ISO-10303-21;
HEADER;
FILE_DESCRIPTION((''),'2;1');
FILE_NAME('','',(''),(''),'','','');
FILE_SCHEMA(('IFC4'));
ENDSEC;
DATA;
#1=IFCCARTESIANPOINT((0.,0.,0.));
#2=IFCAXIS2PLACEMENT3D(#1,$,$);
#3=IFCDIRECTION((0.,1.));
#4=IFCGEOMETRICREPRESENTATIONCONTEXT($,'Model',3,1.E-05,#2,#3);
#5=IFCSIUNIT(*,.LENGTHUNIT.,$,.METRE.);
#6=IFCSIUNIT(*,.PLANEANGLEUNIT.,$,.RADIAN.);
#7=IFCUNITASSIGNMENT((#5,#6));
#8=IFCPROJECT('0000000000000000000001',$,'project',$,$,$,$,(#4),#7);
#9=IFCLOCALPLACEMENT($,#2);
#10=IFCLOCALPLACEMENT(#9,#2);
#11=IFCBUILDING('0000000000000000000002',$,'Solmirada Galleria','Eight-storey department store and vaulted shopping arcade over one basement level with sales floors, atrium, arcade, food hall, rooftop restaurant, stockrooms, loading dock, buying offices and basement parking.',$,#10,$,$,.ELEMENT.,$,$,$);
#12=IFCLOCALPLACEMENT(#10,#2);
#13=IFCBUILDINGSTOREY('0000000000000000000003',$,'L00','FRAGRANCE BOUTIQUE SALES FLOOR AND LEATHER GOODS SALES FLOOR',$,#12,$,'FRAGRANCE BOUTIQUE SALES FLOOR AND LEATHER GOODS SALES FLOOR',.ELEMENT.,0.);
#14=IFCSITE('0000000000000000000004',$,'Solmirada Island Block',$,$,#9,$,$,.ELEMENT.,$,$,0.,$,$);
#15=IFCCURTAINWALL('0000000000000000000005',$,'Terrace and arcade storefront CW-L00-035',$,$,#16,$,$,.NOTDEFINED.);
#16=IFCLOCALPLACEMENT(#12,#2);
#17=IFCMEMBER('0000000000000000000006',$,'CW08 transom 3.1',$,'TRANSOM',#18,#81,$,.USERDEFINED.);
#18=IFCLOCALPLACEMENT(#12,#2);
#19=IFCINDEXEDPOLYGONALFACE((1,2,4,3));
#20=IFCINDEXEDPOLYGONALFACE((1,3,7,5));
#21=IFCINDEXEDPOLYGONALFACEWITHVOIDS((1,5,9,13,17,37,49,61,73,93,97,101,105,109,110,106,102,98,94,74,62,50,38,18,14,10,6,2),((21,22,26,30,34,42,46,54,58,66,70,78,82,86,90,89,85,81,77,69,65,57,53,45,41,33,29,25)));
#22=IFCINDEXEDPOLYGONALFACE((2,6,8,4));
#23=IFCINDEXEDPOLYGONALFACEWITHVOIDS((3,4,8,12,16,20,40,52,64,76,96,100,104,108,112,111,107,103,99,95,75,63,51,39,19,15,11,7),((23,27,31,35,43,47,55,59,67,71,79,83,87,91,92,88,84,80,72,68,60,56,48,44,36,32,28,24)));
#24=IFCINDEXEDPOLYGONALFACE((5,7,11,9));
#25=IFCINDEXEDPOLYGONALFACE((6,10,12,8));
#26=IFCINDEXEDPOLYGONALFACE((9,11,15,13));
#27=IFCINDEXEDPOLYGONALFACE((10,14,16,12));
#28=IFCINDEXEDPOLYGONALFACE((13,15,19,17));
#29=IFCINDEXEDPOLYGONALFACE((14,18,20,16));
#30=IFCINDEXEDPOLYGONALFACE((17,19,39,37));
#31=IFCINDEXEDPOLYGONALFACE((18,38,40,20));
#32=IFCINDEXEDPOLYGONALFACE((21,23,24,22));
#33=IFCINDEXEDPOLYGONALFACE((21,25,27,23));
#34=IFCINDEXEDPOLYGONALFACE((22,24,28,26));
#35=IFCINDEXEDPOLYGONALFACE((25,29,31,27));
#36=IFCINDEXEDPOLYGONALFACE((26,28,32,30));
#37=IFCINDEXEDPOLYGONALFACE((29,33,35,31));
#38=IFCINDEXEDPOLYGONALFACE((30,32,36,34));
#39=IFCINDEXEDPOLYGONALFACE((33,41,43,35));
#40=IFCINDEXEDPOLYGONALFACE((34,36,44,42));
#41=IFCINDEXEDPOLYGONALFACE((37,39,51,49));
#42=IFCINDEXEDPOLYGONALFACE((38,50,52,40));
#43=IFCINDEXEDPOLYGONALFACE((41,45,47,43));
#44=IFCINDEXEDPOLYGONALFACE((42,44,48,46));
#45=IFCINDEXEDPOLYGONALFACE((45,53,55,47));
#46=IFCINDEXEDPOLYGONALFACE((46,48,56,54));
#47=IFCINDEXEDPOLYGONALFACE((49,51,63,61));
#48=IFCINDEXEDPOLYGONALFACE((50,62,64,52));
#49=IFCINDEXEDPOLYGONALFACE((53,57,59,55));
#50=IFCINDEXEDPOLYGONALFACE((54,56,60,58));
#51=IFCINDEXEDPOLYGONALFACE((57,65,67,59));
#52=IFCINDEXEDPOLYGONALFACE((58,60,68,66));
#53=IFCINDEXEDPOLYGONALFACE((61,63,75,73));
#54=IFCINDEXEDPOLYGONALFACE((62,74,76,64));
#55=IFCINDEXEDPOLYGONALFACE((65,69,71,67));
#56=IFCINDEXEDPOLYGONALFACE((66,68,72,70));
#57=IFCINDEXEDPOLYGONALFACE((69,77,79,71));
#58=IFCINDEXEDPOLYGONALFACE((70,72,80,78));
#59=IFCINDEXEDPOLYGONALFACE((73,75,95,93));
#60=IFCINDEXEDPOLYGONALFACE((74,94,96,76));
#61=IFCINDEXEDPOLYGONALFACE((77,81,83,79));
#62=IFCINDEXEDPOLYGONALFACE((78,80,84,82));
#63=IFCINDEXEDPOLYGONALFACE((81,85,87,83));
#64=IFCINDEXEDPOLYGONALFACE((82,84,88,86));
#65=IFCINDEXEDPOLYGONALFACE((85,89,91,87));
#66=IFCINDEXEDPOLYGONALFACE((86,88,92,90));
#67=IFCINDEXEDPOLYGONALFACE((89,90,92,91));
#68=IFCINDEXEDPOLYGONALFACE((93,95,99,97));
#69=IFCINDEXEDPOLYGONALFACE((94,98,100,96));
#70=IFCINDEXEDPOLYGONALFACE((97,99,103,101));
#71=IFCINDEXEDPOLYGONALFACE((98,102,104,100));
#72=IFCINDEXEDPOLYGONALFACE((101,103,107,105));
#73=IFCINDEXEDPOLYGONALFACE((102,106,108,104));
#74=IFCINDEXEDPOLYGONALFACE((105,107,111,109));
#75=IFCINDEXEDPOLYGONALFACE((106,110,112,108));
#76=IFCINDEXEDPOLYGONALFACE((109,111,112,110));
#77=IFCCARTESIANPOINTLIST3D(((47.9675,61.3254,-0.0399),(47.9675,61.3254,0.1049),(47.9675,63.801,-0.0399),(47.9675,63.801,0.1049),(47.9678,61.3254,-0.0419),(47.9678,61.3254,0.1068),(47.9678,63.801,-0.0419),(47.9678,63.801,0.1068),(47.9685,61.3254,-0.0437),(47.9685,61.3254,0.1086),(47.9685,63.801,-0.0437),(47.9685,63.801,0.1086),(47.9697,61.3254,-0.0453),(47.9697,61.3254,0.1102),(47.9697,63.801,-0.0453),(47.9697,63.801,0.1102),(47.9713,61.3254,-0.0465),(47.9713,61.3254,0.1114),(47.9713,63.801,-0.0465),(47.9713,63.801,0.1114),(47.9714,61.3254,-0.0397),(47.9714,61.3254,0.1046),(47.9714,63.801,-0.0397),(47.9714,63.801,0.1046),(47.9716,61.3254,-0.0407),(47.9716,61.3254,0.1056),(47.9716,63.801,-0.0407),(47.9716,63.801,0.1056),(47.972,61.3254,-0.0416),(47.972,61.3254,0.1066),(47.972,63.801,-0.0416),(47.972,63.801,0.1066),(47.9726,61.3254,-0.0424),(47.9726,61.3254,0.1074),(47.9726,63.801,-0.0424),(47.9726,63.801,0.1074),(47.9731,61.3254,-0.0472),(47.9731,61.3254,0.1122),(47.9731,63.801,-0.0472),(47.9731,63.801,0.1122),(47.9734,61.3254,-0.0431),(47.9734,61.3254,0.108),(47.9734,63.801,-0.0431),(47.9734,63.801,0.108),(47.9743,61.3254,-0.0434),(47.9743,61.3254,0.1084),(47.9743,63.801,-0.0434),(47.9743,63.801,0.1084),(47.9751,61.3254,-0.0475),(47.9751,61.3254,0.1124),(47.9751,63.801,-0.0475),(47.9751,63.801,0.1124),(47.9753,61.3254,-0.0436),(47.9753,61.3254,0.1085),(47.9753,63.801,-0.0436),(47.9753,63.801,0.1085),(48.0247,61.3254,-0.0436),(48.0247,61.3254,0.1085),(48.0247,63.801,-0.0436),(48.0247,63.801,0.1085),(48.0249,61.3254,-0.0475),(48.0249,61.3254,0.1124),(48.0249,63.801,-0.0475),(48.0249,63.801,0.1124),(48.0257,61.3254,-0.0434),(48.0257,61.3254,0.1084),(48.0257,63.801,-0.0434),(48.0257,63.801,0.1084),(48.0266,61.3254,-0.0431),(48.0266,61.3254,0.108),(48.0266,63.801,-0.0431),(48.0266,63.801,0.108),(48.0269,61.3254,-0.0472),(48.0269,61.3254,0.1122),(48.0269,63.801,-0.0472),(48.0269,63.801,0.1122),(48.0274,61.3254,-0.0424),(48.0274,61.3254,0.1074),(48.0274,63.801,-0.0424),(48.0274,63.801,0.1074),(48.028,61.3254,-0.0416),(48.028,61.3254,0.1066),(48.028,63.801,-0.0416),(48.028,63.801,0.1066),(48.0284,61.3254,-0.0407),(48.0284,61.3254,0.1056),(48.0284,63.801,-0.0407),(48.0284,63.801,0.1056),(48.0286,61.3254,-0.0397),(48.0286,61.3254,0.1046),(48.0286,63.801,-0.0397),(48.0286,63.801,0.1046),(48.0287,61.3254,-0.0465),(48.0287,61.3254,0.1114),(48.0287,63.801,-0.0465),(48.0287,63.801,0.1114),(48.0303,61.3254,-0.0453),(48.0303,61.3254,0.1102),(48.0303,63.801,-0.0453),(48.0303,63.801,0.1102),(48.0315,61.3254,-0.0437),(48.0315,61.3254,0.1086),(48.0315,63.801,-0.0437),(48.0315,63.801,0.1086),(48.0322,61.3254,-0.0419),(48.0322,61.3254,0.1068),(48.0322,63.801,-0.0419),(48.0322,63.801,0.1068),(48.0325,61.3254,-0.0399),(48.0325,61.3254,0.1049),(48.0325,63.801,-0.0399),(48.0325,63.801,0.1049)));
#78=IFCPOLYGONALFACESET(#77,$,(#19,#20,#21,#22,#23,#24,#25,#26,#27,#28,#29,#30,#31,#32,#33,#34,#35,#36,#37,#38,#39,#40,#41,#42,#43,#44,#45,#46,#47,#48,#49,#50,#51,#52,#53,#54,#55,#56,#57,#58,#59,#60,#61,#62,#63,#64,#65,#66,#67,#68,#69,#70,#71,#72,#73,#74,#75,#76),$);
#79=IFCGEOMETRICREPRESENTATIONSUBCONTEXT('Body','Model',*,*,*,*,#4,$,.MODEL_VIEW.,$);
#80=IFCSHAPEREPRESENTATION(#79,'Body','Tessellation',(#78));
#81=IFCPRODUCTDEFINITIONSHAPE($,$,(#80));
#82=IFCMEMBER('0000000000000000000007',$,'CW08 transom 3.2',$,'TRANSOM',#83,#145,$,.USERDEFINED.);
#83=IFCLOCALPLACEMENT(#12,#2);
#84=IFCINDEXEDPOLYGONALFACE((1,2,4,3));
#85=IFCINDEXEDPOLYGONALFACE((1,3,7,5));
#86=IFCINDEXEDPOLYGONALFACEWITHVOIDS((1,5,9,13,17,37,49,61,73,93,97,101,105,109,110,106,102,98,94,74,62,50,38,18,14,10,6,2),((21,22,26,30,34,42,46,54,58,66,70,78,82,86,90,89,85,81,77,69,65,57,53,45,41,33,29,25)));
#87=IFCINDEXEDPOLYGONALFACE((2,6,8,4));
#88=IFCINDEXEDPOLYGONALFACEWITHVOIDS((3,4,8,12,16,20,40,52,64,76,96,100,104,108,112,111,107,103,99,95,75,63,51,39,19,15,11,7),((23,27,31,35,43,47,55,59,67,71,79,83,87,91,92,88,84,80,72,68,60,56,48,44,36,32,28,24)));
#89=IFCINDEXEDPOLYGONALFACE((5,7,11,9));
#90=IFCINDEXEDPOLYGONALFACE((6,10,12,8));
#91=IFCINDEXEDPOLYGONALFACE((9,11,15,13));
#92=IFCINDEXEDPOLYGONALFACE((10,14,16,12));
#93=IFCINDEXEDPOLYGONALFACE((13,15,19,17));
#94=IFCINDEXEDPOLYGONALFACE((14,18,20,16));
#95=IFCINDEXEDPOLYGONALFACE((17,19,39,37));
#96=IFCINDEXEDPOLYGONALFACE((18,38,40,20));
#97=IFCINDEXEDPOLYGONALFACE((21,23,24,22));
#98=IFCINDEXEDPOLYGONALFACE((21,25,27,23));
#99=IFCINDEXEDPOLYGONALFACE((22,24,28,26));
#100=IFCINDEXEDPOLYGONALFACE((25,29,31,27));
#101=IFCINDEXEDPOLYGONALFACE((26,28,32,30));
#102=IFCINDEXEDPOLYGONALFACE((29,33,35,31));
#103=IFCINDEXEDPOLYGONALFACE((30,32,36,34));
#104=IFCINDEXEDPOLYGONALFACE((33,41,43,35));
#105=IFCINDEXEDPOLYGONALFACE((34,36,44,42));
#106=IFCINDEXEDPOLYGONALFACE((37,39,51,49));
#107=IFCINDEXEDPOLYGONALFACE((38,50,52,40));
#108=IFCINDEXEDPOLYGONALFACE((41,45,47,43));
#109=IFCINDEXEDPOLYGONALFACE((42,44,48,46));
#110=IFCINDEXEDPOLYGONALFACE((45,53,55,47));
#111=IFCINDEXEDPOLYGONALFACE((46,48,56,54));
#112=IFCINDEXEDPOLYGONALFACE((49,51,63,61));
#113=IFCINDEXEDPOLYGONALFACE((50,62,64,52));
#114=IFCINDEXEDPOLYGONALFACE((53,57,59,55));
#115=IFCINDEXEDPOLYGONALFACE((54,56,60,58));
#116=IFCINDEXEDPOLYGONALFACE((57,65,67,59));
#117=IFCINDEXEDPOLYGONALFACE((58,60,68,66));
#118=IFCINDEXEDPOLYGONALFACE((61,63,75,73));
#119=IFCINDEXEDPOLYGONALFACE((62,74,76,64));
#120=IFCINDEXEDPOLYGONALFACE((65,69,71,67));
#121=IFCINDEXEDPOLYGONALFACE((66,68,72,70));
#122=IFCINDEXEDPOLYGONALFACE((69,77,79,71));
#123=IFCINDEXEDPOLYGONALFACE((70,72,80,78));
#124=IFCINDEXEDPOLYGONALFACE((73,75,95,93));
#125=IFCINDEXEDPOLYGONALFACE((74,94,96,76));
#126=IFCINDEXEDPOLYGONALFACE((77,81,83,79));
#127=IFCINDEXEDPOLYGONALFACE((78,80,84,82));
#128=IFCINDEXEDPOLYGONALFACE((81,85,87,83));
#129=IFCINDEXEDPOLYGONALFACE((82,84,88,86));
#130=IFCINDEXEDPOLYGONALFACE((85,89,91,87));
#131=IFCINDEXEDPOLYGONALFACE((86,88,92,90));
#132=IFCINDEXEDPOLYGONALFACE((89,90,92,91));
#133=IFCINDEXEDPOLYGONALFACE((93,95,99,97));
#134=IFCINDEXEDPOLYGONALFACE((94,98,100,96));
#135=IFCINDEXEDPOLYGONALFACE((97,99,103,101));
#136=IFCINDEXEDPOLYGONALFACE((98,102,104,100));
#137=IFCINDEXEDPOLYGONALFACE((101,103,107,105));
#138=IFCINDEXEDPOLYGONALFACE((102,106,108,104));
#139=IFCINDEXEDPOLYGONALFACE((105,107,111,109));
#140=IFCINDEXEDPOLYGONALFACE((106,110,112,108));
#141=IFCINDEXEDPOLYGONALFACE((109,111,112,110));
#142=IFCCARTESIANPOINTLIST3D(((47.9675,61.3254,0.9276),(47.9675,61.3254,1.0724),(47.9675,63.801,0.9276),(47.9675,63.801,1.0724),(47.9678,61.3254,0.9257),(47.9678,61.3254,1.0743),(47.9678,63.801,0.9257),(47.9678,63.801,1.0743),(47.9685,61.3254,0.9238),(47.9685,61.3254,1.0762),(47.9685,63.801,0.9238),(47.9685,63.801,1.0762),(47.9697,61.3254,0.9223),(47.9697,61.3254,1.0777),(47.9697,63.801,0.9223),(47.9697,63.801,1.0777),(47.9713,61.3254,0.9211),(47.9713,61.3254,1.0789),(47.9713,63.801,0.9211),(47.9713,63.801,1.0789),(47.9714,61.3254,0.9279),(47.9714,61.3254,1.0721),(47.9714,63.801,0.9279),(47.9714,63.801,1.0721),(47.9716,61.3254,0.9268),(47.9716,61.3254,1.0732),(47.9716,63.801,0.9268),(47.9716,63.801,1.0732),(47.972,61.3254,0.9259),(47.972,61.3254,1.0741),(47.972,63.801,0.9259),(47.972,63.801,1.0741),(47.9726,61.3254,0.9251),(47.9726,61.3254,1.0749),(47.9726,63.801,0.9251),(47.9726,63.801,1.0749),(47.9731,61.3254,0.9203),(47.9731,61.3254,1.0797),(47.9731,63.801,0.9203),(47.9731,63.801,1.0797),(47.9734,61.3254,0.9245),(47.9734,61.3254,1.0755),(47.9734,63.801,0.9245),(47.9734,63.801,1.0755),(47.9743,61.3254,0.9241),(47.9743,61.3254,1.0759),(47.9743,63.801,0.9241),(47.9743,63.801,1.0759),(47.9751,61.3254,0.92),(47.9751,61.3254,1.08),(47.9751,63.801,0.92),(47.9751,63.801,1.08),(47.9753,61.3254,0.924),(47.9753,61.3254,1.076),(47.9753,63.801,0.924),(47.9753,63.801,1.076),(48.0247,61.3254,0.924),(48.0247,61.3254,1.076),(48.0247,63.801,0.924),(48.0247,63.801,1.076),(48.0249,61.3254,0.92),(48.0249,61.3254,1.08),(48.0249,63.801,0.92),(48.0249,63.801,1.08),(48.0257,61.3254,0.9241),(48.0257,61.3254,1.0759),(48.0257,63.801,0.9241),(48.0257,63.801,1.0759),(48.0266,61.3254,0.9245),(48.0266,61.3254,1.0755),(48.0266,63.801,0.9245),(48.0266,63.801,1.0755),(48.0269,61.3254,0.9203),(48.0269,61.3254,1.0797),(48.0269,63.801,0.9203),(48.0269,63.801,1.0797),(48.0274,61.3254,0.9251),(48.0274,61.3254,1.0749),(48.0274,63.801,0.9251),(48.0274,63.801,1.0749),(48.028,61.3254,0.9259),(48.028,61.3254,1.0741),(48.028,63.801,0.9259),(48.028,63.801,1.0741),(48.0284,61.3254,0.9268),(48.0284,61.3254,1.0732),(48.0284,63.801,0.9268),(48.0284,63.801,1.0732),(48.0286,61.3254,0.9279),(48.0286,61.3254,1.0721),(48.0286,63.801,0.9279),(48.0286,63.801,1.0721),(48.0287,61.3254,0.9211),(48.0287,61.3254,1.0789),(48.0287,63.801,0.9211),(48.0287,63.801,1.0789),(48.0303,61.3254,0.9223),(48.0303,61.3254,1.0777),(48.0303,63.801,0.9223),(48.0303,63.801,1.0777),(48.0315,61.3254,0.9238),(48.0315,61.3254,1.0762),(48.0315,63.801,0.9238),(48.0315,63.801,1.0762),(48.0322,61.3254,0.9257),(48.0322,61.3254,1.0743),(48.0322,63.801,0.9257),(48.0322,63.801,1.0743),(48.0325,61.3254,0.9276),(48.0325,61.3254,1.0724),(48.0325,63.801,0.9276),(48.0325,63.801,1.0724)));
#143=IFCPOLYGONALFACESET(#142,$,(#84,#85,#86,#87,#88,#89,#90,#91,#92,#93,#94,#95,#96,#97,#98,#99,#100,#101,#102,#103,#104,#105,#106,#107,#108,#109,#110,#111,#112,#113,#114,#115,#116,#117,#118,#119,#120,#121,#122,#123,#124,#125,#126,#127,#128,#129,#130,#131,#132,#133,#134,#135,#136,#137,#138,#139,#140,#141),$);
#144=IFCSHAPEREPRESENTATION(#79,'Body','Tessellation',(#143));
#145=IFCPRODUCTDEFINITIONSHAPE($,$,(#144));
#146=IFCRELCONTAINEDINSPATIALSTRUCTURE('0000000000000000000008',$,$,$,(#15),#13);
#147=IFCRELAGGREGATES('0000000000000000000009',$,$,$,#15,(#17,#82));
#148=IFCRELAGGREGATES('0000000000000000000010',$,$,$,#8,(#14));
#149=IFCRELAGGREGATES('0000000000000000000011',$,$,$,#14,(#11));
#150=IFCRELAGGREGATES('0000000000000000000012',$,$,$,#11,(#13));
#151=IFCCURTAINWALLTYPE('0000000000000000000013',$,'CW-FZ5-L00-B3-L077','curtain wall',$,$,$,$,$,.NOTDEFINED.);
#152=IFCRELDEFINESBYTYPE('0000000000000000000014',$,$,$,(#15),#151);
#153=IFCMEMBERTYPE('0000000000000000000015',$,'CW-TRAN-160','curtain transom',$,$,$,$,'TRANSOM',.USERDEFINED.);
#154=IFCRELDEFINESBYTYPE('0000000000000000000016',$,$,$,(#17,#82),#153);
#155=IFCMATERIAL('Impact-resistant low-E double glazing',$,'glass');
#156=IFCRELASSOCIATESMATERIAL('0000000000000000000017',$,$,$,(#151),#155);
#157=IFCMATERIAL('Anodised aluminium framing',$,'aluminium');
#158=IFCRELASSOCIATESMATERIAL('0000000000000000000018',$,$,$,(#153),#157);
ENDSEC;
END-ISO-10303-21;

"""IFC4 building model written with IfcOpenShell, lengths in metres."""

from ifc_helpers import new_model, si_unit, direction, frame, origin, origin_2d, place, context, subcontext, project, spatial, hollow_rectangle, extrude, material, material_profile, profile_set, type_object, element, aggregate, save


model = new_model("IFC4")

# Units and contexts
model_context = context("Model", 3, precision=1e-05, world=origin(), true_north=direction((0.0, 1.0)))
body_context = subcontext(model_context, "Body", "Model", "MODEL_VIEW")
ifc_project = project(units=[si_unit("LENGTHUNIT", "METRE"), si_unit("PLANEANGLEUNIT", "RADIAN")], contexts=[model_context])

# Site, building, storey
site_placement = place(None, origin())
site = spatial("IfcSite", under=ifc_project, at=site_placement, Name="Solmirada Island Block", CompositionType="ELEMENT", RefElevation=0.0)
building_placement = place(site_placement, origin())
building = spatial("IfcBuilding", under=site, at=building_placement, Name="Solmirada Galleria", Description="Eight-storey department store and vaulted shopping arcade over one basement level with sales floors, atrium, arcade, food hall, rooftop restaurant, stockrooms, loading dock, buying offices and basement parking.", CompositionType="ELEMENT")
storey_placement = place(building_placement, origin())
storey = spatial("IfcBuildingStorey", under=building, at=storey_placement, Name="L00", Description="FRAGRANCE BOUTIQUE SALES FLOOR AND LEATHER GOODS SALES FLOOR", LongName="FRAGRANCE BOUTIQUE SALES FLOOR AND LEATHER GOODS SALES FLOOR", CompositionType="ELEMENT", Elevation=0.0)

# Shared definitions
ifc_material_1 = material(Name="Impact-resistant low-E double glazing", Category="glass")
ifc_material_2 = material(Name="Anodised aluminium framing", Category="aluminium")

# Curtain wall
curtain_wall_type_1 = type_object("IfcCurtainWallType", Name="CW-FZ5-L00-B3-L077", Description="curtain wall", PredefinedType="NOTDEFINED", material=ifc_material_1)
curtain_wall_1_placement = place(storey_placement, origin())
curtain_wall_1 = element("IfcCurtainWall", 1, at=curtain_wall_1_placement, inside=storey, type_object=curtain_wall_type_1, Name="Terrace and arcade storefront CW-L00-035", PredefinedType="NOTDEFINED")

# Members
ifc_material_profile_1 = material_profile(ifc_material_2, hollow_rectangle(XDim=0.0649, YDim=0.1599, WallThickness=0.0039, InnerFilletRadius=0.0039, OuterFilletRadius=0.0076, at=origin_2d()), Name="ALU-TRAN-160X65")
ifc_profile_set_1 = profile_set([ifc_material_profile_1], Name="Anodised aluminium framing")
member_type_1 = type_object("IfcMemberType", Name="CW-TRAN-160", Description="curtain transom", ElementType="TRANSOM", PredefinedType="USERDEFINED", material=ifc_profile_set_1)
member_1_placement = place(storey_placement, frame((48.0, 61.3254, 0.0325), z_axis=(0.0, 1.0, 0.0), x_axis=(-1.0, 0.0, 0.0)))
member_1 = element("IfcMember", 2, at=member_1_placement, type_object=member_type_1, Name="CW08 transom 3.1", ObjectType="TRANSOM", PredefinedType="USERDEFINED", context=body_context, shape_type="SweptSolid", body=[
    extrude(hollow_rectangle(XDim=0.0649, YDim=0.1599, WallThickness=0.0039, InnerFilletRadius=0.0039, OuterFilletRadius=0.0076, at=origin_2d()), origin(), (0.0, 0.0, 1.0), 2.4756),
])
member_2_placement = place(storey_placement, frame((48.0, 61.3254, 1.0), z_axis=(0.0, 1.0, 0.0), x_axis=(-1.0, 0.0, 0.0)))
member_2 = element("IfcMember", 3, at=member_2_placement, type_object=member_type_1, Name="CW08 transom 3.2", ObjectType="TRANSOM", PredefinedType="USERDEFINED", context=body_context, shape_type="SweptSolid", body=[
    extrude(hollow_rectangle(XDim=0.0649, YDim=0.1599, WallThickness=0.0039, InnerFilletRadius=0.0039, OuterFilletRadius=0.0076, at=origin_2d()), origin(), (0.0, 0.0, 1.0), 2.4756),
])

aggregate(curtain_wall_1, [member_1, member_2])

save(model, "model.ifc")
